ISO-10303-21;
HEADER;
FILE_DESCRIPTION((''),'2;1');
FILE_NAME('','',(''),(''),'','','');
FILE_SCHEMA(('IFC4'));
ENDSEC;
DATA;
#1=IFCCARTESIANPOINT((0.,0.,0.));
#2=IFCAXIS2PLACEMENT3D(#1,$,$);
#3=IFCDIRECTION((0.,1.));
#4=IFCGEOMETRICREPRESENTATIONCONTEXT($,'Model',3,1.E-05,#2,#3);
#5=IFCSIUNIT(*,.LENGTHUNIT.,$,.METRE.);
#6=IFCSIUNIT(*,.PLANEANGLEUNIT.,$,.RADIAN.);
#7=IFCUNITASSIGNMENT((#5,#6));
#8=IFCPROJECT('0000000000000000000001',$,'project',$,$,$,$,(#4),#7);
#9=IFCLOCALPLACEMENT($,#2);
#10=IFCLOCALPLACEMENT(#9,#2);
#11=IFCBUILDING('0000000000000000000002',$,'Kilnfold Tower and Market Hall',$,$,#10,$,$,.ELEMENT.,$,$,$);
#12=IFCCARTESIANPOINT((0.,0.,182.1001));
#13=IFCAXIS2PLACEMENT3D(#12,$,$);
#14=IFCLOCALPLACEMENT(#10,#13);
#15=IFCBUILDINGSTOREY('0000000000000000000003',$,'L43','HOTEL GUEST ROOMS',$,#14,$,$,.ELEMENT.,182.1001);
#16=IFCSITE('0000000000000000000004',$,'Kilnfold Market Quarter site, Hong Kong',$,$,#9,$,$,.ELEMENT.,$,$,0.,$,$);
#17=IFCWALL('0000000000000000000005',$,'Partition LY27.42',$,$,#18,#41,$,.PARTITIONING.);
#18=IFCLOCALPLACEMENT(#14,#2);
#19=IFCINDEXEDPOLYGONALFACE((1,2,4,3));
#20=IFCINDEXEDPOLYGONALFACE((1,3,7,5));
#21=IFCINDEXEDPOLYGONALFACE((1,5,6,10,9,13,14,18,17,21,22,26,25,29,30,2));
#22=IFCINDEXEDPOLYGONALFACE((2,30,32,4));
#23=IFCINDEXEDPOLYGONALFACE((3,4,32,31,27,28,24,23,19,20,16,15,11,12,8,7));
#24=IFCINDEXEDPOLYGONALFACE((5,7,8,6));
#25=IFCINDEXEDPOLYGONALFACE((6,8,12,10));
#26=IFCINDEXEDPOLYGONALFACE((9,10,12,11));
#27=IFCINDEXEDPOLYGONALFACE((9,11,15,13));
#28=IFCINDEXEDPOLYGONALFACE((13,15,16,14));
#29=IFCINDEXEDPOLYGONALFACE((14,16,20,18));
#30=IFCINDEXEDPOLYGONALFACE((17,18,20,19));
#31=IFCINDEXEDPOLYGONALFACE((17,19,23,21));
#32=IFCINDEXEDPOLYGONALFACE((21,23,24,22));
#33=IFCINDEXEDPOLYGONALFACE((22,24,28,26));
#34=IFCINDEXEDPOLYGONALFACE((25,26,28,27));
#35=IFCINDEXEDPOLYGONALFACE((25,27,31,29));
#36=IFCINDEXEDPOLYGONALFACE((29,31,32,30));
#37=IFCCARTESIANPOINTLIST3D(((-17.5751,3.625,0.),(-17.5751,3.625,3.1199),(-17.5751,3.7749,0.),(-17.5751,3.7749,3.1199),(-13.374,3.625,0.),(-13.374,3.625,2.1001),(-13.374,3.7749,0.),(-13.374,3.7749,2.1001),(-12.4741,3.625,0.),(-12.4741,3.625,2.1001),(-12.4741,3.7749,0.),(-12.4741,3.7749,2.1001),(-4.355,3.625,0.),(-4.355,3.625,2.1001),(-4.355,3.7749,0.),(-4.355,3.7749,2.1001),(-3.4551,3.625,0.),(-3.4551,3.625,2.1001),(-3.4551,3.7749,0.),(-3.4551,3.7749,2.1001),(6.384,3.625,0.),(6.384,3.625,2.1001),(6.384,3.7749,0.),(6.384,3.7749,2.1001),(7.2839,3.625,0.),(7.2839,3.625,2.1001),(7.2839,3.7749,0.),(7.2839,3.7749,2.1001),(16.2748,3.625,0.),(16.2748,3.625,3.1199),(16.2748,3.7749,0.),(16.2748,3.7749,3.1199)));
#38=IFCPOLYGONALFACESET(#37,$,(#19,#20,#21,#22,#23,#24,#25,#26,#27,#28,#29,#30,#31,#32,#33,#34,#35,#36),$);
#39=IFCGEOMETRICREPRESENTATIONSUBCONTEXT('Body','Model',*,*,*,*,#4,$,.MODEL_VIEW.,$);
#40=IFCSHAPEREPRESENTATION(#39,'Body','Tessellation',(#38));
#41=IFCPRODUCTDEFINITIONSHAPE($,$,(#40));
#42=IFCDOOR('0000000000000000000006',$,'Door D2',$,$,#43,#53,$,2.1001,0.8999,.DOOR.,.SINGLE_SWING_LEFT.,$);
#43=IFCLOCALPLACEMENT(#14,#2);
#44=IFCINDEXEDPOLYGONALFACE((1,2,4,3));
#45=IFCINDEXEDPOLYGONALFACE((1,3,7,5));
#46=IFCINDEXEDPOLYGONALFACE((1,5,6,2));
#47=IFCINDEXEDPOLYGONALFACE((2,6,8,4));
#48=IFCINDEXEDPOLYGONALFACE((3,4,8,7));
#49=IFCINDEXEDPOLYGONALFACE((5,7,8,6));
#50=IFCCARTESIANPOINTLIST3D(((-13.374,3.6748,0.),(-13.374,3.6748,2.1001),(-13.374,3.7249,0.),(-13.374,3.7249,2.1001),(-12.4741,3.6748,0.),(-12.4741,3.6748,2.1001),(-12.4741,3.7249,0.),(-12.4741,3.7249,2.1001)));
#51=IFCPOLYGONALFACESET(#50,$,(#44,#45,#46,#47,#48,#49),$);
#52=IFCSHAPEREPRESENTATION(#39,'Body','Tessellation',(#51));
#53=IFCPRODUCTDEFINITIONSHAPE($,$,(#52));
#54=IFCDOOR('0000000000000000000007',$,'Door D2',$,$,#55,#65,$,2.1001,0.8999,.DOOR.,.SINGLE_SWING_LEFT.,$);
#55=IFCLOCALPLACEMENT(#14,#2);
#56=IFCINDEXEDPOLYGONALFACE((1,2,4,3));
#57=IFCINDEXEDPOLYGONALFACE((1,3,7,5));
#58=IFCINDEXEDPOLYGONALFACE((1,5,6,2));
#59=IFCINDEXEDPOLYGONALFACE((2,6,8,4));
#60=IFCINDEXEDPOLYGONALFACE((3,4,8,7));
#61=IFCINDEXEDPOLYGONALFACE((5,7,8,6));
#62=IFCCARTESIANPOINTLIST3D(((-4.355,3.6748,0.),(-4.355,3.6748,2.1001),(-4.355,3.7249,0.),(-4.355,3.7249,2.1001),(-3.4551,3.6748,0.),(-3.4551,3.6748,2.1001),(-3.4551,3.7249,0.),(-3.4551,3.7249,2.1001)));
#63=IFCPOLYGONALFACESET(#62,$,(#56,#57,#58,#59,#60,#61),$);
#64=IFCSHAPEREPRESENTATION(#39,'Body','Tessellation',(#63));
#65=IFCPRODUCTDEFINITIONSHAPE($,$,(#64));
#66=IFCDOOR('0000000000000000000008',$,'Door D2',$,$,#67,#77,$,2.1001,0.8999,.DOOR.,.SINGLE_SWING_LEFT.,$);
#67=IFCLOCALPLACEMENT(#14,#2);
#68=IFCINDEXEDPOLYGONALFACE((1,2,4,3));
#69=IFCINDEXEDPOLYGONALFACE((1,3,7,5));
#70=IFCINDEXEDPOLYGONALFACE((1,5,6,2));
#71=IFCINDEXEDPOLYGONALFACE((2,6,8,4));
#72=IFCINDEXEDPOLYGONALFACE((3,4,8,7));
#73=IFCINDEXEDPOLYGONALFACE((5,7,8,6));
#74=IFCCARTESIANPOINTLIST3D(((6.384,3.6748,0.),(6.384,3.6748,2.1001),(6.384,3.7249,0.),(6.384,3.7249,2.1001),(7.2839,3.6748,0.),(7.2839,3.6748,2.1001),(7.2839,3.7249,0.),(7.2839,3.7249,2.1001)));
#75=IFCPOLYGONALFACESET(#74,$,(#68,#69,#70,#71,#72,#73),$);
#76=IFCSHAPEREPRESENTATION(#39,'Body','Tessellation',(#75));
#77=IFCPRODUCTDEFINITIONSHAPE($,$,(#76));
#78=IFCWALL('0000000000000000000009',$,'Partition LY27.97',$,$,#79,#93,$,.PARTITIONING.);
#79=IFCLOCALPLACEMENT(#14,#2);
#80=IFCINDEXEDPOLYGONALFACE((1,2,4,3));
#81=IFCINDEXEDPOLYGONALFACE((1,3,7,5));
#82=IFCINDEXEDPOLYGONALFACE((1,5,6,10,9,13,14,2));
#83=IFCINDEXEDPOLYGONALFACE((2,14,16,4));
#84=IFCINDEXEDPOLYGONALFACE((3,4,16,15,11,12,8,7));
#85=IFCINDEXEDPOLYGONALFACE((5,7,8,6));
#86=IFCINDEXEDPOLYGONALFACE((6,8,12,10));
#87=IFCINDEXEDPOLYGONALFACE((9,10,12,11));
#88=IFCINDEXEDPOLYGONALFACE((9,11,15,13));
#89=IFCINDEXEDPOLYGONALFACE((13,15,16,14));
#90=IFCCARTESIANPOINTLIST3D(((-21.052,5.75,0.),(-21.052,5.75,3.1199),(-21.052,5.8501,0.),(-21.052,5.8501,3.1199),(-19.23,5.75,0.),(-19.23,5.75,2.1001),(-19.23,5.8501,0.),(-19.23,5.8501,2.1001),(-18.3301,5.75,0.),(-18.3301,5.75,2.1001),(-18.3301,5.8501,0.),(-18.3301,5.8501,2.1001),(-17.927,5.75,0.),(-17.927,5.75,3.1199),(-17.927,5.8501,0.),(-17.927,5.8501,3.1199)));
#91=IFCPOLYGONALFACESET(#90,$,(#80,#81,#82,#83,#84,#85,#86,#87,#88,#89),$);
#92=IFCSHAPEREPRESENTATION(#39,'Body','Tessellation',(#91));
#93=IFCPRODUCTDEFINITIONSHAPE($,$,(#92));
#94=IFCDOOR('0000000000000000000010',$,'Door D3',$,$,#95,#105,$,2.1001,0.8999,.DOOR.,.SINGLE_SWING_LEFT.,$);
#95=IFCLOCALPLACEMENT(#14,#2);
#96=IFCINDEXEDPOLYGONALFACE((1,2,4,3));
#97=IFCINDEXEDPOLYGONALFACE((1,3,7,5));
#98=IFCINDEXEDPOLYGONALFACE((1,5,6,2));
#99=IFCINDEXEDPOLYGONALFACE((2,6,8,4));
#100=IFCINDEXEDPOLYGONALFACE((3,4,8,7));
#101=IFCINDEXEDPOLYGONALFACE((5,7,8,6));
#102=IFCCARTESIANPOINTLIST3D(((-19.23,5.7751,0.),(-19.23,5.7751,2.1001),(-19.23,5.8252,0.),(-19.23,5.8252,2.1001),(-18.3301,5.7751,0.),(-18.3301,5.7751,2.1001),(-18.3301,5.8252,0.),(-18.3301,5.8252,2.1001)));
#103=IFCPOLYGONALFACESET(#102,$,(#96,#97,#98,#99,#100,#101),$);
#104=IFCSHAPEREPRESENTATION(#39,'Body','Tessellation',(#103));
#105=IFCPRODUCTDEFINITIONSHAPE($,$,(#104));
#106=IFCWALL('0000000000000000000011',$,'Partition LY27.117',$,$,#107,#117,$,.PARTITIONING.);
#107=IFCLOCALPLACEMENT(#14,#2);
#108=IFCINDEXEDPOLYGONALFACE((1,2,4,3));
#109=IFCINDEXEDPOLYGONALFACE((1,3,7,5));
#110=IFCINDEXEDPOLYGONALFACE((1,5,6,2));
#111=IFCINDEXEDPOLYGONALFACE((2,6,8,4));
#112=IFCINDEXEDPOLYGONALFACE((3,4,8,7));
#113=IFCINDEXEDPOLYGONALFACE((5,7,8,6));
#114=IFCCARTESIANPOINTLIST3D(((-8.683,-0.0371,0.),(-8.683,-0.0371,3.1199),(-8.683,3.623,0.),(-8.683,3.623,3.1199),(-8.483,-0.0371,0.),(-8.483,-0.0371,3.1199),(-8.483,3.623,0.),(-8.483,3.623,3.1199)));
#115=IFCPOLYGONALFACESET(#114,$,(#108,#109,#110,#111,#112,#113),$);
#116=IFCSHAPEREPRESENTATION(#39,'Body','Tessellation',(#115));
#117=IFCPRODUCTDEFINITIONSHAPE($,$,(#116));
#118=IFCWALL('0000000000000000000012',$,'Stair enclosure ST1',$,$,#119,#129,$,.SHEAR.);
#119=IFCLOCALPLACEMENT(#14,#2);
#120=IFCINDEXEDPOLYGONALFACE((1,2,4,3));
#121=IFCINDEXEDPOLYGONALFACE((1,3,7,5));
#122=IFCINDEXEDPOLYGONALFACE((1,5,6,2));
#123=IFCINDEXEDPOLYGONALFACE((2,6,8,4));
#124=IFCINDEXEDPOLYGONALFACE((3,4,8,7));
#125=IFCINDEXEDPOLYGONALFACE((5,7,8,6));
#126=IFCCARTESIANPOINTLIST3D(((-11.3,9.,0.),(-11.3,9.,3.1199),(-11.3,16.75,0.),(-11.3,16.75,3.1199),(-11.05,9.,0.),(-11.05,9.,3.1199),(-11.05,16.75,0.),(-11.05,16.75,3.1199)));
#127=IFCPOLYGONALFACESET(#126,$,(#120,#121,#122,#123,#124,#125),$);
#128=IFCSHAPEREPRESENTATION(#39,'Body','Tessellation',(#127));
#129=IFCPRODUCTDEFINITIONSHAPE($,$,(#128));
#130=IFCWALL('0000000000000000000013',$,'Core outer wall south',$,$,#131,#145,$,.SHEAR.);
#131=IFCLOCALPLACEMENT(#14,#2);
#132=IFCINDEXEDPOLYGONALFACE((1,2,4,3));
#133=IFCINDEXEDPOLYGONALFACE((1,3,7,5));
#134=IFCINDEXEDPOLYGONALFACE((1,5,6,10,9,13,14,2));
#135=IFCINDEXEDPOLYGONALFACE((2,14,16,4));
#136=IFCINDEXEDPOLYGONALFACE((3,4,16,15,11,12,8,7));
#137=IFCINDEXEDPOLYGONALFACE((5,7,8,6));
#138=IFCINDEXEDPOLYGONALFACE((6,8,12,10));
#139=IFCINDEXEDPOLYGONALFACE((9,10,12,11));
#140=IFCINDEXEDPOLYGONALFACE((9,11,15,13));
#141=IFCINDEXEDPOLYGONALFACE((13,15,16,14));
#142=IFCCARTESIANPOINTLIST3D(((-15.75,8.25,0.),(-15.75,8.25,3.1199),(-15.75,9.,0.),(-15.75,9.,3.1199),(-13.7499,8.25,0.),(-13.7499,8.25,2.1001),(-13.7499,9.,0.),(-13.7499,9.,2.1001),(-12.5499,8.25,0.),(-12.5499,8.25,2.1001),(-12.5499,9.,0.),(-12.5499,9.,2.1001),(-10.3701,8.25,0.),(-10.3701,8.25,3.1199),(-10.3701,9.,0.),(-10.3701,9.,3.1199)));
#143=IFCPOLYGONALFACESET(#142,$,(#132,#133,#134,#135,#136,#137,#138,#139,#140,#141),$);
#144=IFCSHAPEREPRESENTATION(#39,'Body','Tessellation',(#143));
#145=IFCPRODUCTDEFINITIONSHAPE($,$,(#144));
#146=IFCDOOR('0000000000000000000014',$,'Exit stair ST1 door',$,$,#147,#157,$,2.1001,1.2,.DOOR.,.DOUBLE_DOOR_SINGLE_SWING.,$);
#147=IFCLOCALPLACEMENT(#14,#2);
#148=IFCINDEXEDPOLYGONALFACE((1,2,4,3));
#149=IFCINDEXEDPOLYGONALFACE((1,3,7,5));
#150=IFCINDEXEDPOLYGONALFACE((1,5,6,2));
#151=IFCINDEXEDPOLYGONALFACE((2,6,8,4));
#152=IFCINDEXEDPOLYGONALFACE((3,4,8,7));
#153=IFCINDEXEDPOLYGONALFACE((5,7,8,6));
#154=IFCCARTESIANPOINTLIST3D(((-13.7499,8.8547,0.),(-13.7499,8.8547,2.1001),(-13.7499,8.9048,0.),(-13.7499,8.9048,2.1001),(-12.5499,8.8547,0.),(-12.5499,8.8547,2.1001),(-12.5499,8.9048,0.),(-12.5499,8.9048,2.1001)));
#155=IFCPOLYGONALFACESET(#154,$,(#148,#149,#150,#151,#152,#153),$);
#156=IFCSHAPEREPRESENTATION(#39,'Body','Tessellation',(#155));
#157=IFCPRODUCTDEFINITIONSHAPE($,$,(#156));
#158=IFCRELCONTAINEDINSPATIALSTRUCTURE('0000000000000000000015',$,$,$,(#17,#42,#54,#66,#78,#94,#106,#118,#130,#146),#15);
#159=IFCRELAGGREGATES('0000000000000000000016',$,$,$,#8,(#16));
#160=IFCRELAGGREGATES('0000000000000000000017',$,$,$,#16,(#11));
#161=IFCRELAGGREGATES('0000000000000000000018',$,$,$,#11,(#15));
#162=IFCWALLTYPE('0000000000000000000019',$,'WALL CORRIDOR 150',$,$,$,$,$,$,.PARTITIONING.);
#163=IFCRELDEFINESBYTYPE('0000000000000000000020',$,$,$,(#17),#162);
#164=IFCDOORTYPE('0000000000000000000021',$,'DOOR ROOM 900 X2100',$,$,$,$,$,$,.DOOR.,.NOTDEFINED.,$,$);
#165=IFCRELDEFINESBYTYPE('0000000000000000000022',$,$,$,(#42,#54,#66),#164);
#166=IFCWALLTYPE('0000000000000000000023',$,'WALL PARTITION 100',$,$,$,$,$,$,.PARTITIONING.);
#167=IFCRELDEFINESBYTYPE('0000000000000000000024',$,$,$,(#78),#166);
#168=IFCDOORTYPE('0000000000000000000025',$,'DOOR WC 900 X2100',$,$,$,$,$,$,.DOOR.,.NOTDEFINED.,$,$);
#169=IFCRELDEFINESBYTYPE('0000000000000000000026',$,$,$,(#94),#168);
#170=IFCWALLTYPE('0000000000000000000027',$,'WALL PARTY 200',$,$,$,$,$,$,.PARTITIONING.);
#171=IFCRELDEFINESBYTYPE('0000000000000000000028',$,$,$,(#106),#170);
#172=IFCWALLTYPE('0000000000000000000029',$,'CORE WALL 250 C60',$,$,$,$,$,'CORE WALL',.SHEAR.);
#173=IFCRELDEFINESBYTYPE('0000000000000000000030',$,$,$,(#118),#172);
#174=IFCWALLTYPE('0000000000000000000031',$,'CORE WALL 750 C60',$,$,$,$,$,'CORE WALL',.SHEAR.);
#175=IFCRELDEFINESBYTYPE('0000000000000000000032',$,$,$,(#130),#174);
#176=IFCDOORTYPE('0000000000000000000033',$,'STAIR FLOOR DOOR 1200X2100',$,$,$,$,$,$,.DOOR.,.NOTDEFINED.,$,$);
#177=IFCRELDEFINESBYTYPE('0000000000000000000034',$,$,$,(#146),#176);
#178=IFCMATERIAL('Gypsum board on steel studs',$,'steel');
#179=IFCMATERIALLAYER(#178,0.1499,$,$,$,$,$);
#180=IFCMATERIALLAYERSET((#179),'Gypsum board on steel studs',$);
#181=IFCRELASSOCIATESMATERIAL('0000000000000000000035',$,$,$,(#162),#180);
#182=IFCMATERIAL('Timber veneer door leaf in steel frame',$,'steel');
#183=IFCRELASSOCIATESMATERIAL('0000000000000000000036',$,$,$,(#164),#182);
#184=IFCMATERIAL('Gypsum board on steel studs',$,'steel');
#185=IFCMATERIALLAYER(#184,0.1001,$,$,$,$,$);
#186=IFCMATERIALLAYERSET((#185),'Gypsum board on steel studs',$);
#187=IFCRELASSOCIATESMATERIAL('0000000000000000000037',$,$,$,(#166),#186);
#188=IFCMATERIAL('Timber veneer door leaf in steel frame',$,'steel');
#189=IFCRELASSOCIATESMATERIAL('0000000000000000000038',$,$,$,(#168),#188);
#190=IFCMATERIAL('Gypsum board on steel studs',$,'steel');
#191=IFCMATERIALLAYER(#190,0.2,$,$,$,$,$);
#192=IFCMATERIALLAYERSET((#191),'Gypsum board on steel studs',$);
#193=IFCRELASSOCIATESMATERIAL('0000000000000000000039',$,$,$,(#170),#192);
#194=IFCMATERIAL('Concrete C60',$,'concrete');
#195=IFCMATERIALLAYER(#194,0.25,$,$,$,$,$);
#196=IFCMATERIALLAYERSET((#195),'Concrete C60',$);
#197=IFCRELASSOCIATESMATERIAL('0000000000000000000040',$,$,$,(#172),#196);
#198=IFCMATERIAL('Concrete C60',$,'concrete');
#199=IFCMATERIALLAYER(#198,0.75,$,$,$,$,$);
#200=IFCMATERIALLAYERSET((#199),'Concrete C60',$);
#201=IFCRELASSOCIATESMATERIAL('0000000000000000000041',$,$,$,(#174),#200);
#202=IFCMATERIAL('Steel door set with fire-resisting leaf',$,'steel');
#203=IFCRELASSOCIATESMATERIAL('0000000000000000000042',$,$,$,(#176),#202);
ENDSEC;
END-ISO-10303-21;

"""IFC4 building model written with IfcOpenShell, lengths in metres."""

from ifc_helpers import new_model, si_unit, direction, frame, frame_2d, origin, place, context, subcontext, project, spatial, rectangle, extrude, source, transform, mapped, material, layer, layer_set, type_object, element, fill, save


model = new_model("IFC4")

# Units and contexts
model_context = context("Model", 3, precision=1e-05, world=origin(), true_north=direction((0.0, 1.0)))
body_context = subcontext(model_context, "Body", "Model", "MODEL_VIEW")
ifc_project = project(units=[si_unit("LENGTHUNIT", "METRE"), si_unit("PLANEANGLEUNIT", "RADIAN")], contexts=[model_context])

# Site, building, storey
site_placement = place(None, origin())
site = spatial("IfcSite", under=ifc_project, at=site_placement, Name="Kilnfold Market Quarter site, Hong Kong", CompositionType="ELEMENT", RefElevation=0.0)
building_placement = place(site_placement, origin())
building = spatial("IfcBuilding", under=site, at=building_placement, Name="Kilnfold Tower and Market Hall", CompositionType="ELEMENT")
storey_placement = place(building_placement, frame((0.0, 0.0, 182.1001)))
storey = spatial("IfcBuildingStorey", under=building, at=storey_placement, Name="L43", Description="HOTEL GUEST ROOMS", CompositionType="ELEMENT", Elevation=182.1001)

# Shared definitions
ifc_material_1 = material(Name="Gypsum board on steel studs", Category="steel")
ifc_layer_1 = layer(ifc_material_1, 0.1499)
ifc_layer_set_1 = layer_set([ifc_layer_1], Name="Gypsum board on steel studs")
wall_type_1 = type_object("IfcWallType", Name="WALL CORRIDOR 150", PredefinedType="PARTITIONING", material=ifc_layer_set_1)

# Wall, openings, doors
wall_1_placement = place(storey_placement, frame((-17.575, 3.7, 0.0), z_axis=(0.0, 0.0, 1.0), x_axis=(1.0, 0.0, 0.0)))
wall_1 = element("IfcWall", 1, at=wall_1_placement, inside=storey, type_object=wall_type_1, Name="Partition LY27.42", PredefinedType="PARTITIONING", context=body_context, shape_type="SweptSolid", body=[
    extrude(rectangle(XDim=33.8499, YDim=0.1499, at=frame_2d((16.9248, 0.0))), origin(), (0.0, 0.0, 1.0), 3.1199),
])
opening_1_placement = place(wall_1_placement, frame((4.2009, 0.0, 0.0)))
opening_1 = element("IfcOpeningElement", 2, at=opening_1_placement, cuts=wall_1, PredefinedType="OPENING", context=body_context, shape_type="SweptSolid", body=[
    extrude(rectangle(XDim=0.8999, YDim=2.1001, at=frame_2d((0.45, 1.05))), frame((0.0, 0.085, 0.0), z_axis=(0.0, -1.0, 0.0), x_axis=(1.0, 0.0, 0.0)), (0.0, 0.0, 1.0), 0.1699),
])
opening_2_placement = place(wall_1_placement, frame((13.22, 0.0, 0.0)))
opening_2 = element("IfcOpeningElement", 3, at=opening_2_placement, cuts=wall_1, PredefinedType="OPENING", context=body_context, shape_type="SweptSolid", body=[
    extrude(rectangle(XDim=0.8999, YDim=2.1001, at=frame_2d((0.45, 1.05))), frame((0.0, 0.085, 0.0), z_axis=(0.0, -1.0, 0.0), x_axis=(1.0, 0.0, 0.0)), (0.0, 0.0, 1.0), 0.1699),
])
opening_3_placement = place(wall_1_placement, frame((23.959, 0.0, 0.0)))
opening_3 = element("IfcOpeningElement", 4, at=opening_3_placement, cuts=wall_1, PredefinedType="OPENING", context=body_context, shape_type="SweptSolid", body=[
    extrude(rectangle(XDim=0.8999, YDim=2.1001, at=frame_2d((0.45, 1.05))), frame((0.0, 0.085, 0.0), z_axis=(0.0, -1.0, 0.0), x_axis=(1.0, 0.0, 0.0)), (0.0, 0.0, 1.0), 0.1699),
])
ifc_material_2 = material(Name="Timber veneer door leaf in steel frame", Category="steel")
door_type_1 = type_object("IfcDoorType", Name="DOOR ROOM 900 X2100", OperationType="NOTDEFINED", PredefinedType="DOOR", material=ifc_material_2)
door_1_placement = place(opening_1_placement, origin())
door_1 = element("IfcDoor", 5, at=door_1_placement, inside=storey, type_object=door_type_1, Name="Door D2", OperationType="SINGLE_SWING_LEFT", OverallHeight=2.1001, OverallWidth=0.8999, PredefinedType="DOOR", context=body_context, shape_type="SweptSolid", body=[
    extrude(rectangle(XDim=0.8999, YDim=2.1001, at=frame_2d((0.45, 1.05))), frame((0.0, 0.0249, 0.0), z_axis=(0.0, -1.0, 0.0), x_axis=(1.0, 0.0, 0.0)), (0.0, 0.0, 1.0), 0.05),
])
fill(opening_1, door_1)
door_2_placement = place(opening_2_placement, origin())
door_2 = element("IfcDoor", 6, at=door_2_placement, inside=storey, type_object=door_type_1, Name="Door D2", OperationType="SINGLE_SWING_LEFT", OverallHeight=2.1001, OverallWidth=0.8999, PredefinedType="DOOR", context=body_context, shape_type="SweptSolid", body=[
    extrude(rectangle(XDim=0.8999, YDim=2.1001, at=frame_2d((0.45, 1.05))), frame((0.0, 0.0249, 0.0), z_axis=(0.0, -1.0, 0.0), x_axis=(1.0, 0.0, 0.0)), (0.0, 0.0, 1.0), 0.05),
])
fill(opening_2, door_2)
door_3_placement = place(opening_3_placement, origin())
door_3 = element("IfcDoor", 7, at=door_3_placement, inside=storey, type_object=door_type_1, Name="Door D2", OperationType="SINGLE_SWING_LEFT", OverallHeight=2.1001, OverallWidth=0.8999, PredefinedType="DOOR", context=body_context, shape_type="SweptSolid", body=[
    extrude(rectangle(XDim=0.8999, YDim=2.1001, at=frame_2d((0.45, 1.05))), frame((0.0, 0.0249, 0.0), z_axis=(0.0, -1.0, 0.0), x_axis=(1.0, 0.0, 0.0)), (0.0, 0.0, 1.0), 0.05),
])
fill(opening_3, door_3)

# Wall, opening, door
ifc_material_3 = material(Name="Gypsum board on steel studs", Category="steel")
ifc_layer_2 = layer(ifc_material_3, 0.1001)
ifc_layer_set_2 = layer_set([ifc_layer_2], Name="Gypsum board on steel studs")
wall_type_2 = type_object("IfcWallType", Name="WALL PARTITION 100", PredefinedType="PARTITIONING", material=ifc_layer_set_2)
wall_2_placement = place(storey_placement, frame((-17.927, 5.8, 0.0), z_axis=(0.0, 0.0, 1.0), x_axis=(-1.0, 0.0, 0.0)))
wall_2 = element("IfcWall", 8, at=wall_2_placement, inside=storey, type_object=wall_type_2, Name="Partition LY27.97", PredefinedType="PARTITIONING", context=body_context, shape_type="SweptSolid", body=[
    extrude(rectangle(XDim=3.125, YDim=0.1001, at=frame_2d((1.5625, 0.0))), origin(), (0.0, 0.0, 1.0), 3.1199),
])
opening_4_placement = place(wall_2_placement, frame((0.4031, 0.0, 0.0)))
opening_4 = element("IfcOpeningElement", 9, at=opening_4_placement, cuts=wall_2, PredefinedType="OPENING", context=body_context, shape_type="SweptSolid", body=[
    extrude(rectangle(XDim=0.8999, YDim=2.1001, at=frame_2d((0.45, 1.05))), frame((0.0, 0.0601, 0.0), z_axis=(0.0, -1.0, 0.0), x_axis=(1.0, 0.0, 0.0)), (0.0, 0.0, 1.0), 0.1201),
])
ifc_material_4 = material(Name="Timber veneer door leaf in steel frame", Category="steel")
door_type_2 = type_object("IfcDoorType", Name="DOOR WC 900 X2100", OperationType="NOTDEFINED", PredefinedType="DOOR", material=ifc_material_4)
door_4_placement = place(opening_4_placement, origin())
door_4 = element("IfcDoor", 10, at=door_4_placement, inside=storey, type_object=door_type_2, Name="Door D3", OperationType="SINGLE_SWING_LEFT", OverallHeight=2.1001, OverallWidth=0.8999, PredefinedType="DOOR", context=body_context, shape_type="SweptSolid", body=[
    extrude(rectangle(XDim=0.8999, YDim=2.1001, at=frame_2d((0.45, 1.05))), frame((0.0, 0.0249, 0.0), z_axis=(0.0, -1.0, 0.0), x_axis=(1.0, 0.0, 0.0)), (0.0, 0.0, 1.0), 0.05),
])
fill(opening_4, door_4)

# Walls
ifc_material_5 = material(Name="Gypsum board on steel studs", Category="steel")
ifc_layer_3 = layer(ifc_material_5, 0.2)
ifc_layer_set_3 = layer_set([ifc_layer_3], Name="Gypsum board on steel studs")
wall_type_3 = type_object("IfcWallType", Name="WALL PARTY 200", PredefinedType="PARTITIONING", material=ifc_layer_set_3)
wall_3_placement = place(storey_placement, frame((-8.583, -0.0371, 0.0), z_axis=(0.0, 0.0, 1.0), x_axis=(0.0, 1.0, 0.0)))
element("IfcWall", 11, at=wall_3_placement, inside=storey, type_object=wall_type_3, Name="Partition LY27.117", PredefinedType="PARTITIONING", context=body_context, shape_type="SweptSolid", body=[
    extrude(rectangle(XDim=3.6602, YDim=0.2, at=frame_2d((1.8301, 0.0))), origin(), (0.0, 0.0, 1.0), 3.1199),
])
ifc_material_6 = material(Name="Concrete C60", Category="concrete")
ifc_layer_4 = layer(ifc_material_6, 0.25)
ifc_layer_set_4 = layer_set([ifc_layer_4], Name="Concrete C60")
wall_type_4 = type_object("IfcWallType", Name="CORE WALL 250 C60", ElementType="CORE WALL", PredefinedType="SHEAR", material=ifc_layer_set_4)
shared_shape_1 = source(origin(), body_context, "Body", "SweptSolid", [
    extrude(rectangle(XDim=7.75, YDim=0.25, at=frame_2d((3.875, 0.0))), origin(), (0.0, 0.0, 1.0), 3.1199),
])
wall_4_placement = place(storey_placement, frame((-11.175, 9.0, 0.0), z_axis=(0.0, 0.0, 1.0), x_axis=(0.0, 1.0, 0.0)))
element("IfcWall", 12, at=wall_4_placement, inside=storey, type_object=wall_type_4, Name="Stair enclosure ST1", PredefinedType="SHEAR", context=body_context, shape_type="MappedRepresentation", body=[
    mapped(shared_shape_1, transform((0.0, 0.0, 0.0))),
])

# Wall, opening, door
ifc_material_7 = material(Name="Concrete C60", Category="concrete")
ifc_layer_5 = layer(ifc_material_7, 0.75)
ifc_layer_set_5 = layer_set([ifc_layer_5], Name="Concrete C60")
wall_type_5 = type_object("IfcWallType", Name="CORE WALL 750 C60", ElementType="CORE WALL", PredefinedType="SHEAR", material=ifc_layer_set_5)
shared_shape_2 = source(origin(), body_context, "Body", "SweptSolid", [
    extrude(rectangle(XDim=5.3799, YDim=0.75, at=frame_2d((2.6899, 0.0))), origin(), (0.0, 0.0, 1.0), 3.1199),
])
wall_5_placement = place(storey_placement, frame((-15.75, 8.625, 0.0), z_axis=(0.0, 0.0, 1.0), x_axis=(1.0, 0.0, 0.0)))
wall_5 = element("IfcWall", 13, at=wall_5_placement, inside=storey, type_object=wall_type_5, Name="Core outer wall south", PredefinedType="SHEAR", context=body_context, shape_type="MappedRepresentation", body=[
    mapped(shared_shape_2, transform((0.0, 0.0, 0.0))),
])
opening_5_placement = place(wall_5_placement, frame((2.0, 0.0, 0.0)))
opening_5 = element("IfcOpeningElement", 14, at=opening_5_placement, cuts=wall_5, PredefinedType="OPENING", context=body_context, shape_type="SweptSolid", body=[
    extrude(rectangle(XDim=1.2, YDim=2.1001, at=frame_2d((0.6001, 1.05))), frame((0.0, 0.385, 0.0), z_axis=(0.0, -1.0, 0.0), x_axis=(1.0, 0.0, 0.0)), (0.0, 0.0, 1.0), 0.77),
])
ifc_material_8 = material(Name="Steel door set with fire-resisting leaf", Category="steel")
door_type_3 = type_object("IfcDoorType", Name="STAIR FLOOR DOOR 1200X2100", OperationType="NOTDEFINED", PredefinedType="DOOR", material=ifc_material_8)
door_5_placement = place(opening_5_placement, origin())
door_5 = element("IfcDoor", 15, at=door_5_placement, inside=storey, type_object=door_type_3, Name="Exit stair ST1 door", OperationType="DOUBLE_DOOR_SINGLE_SWING", OverallHeight=2.1001, OverallWidth=1.2, PredefinedType="DOOR", context=body_context, shape_type="SweptSolid", body=[
    extrude(rectangle(XDim=1.2, YDim=2.1001, at=frame_2d((0.6001, 1.05))), frame((0.0, 0.2798, 0.0), z_axis=(0.0, -1.0, 0.0), x_axis=(1.0, 0.0, 0.0)), (0.0, 0.0, 1.0), 0.05),
])
fill(opening_5, door_5)

save(model, "model.ifc")
